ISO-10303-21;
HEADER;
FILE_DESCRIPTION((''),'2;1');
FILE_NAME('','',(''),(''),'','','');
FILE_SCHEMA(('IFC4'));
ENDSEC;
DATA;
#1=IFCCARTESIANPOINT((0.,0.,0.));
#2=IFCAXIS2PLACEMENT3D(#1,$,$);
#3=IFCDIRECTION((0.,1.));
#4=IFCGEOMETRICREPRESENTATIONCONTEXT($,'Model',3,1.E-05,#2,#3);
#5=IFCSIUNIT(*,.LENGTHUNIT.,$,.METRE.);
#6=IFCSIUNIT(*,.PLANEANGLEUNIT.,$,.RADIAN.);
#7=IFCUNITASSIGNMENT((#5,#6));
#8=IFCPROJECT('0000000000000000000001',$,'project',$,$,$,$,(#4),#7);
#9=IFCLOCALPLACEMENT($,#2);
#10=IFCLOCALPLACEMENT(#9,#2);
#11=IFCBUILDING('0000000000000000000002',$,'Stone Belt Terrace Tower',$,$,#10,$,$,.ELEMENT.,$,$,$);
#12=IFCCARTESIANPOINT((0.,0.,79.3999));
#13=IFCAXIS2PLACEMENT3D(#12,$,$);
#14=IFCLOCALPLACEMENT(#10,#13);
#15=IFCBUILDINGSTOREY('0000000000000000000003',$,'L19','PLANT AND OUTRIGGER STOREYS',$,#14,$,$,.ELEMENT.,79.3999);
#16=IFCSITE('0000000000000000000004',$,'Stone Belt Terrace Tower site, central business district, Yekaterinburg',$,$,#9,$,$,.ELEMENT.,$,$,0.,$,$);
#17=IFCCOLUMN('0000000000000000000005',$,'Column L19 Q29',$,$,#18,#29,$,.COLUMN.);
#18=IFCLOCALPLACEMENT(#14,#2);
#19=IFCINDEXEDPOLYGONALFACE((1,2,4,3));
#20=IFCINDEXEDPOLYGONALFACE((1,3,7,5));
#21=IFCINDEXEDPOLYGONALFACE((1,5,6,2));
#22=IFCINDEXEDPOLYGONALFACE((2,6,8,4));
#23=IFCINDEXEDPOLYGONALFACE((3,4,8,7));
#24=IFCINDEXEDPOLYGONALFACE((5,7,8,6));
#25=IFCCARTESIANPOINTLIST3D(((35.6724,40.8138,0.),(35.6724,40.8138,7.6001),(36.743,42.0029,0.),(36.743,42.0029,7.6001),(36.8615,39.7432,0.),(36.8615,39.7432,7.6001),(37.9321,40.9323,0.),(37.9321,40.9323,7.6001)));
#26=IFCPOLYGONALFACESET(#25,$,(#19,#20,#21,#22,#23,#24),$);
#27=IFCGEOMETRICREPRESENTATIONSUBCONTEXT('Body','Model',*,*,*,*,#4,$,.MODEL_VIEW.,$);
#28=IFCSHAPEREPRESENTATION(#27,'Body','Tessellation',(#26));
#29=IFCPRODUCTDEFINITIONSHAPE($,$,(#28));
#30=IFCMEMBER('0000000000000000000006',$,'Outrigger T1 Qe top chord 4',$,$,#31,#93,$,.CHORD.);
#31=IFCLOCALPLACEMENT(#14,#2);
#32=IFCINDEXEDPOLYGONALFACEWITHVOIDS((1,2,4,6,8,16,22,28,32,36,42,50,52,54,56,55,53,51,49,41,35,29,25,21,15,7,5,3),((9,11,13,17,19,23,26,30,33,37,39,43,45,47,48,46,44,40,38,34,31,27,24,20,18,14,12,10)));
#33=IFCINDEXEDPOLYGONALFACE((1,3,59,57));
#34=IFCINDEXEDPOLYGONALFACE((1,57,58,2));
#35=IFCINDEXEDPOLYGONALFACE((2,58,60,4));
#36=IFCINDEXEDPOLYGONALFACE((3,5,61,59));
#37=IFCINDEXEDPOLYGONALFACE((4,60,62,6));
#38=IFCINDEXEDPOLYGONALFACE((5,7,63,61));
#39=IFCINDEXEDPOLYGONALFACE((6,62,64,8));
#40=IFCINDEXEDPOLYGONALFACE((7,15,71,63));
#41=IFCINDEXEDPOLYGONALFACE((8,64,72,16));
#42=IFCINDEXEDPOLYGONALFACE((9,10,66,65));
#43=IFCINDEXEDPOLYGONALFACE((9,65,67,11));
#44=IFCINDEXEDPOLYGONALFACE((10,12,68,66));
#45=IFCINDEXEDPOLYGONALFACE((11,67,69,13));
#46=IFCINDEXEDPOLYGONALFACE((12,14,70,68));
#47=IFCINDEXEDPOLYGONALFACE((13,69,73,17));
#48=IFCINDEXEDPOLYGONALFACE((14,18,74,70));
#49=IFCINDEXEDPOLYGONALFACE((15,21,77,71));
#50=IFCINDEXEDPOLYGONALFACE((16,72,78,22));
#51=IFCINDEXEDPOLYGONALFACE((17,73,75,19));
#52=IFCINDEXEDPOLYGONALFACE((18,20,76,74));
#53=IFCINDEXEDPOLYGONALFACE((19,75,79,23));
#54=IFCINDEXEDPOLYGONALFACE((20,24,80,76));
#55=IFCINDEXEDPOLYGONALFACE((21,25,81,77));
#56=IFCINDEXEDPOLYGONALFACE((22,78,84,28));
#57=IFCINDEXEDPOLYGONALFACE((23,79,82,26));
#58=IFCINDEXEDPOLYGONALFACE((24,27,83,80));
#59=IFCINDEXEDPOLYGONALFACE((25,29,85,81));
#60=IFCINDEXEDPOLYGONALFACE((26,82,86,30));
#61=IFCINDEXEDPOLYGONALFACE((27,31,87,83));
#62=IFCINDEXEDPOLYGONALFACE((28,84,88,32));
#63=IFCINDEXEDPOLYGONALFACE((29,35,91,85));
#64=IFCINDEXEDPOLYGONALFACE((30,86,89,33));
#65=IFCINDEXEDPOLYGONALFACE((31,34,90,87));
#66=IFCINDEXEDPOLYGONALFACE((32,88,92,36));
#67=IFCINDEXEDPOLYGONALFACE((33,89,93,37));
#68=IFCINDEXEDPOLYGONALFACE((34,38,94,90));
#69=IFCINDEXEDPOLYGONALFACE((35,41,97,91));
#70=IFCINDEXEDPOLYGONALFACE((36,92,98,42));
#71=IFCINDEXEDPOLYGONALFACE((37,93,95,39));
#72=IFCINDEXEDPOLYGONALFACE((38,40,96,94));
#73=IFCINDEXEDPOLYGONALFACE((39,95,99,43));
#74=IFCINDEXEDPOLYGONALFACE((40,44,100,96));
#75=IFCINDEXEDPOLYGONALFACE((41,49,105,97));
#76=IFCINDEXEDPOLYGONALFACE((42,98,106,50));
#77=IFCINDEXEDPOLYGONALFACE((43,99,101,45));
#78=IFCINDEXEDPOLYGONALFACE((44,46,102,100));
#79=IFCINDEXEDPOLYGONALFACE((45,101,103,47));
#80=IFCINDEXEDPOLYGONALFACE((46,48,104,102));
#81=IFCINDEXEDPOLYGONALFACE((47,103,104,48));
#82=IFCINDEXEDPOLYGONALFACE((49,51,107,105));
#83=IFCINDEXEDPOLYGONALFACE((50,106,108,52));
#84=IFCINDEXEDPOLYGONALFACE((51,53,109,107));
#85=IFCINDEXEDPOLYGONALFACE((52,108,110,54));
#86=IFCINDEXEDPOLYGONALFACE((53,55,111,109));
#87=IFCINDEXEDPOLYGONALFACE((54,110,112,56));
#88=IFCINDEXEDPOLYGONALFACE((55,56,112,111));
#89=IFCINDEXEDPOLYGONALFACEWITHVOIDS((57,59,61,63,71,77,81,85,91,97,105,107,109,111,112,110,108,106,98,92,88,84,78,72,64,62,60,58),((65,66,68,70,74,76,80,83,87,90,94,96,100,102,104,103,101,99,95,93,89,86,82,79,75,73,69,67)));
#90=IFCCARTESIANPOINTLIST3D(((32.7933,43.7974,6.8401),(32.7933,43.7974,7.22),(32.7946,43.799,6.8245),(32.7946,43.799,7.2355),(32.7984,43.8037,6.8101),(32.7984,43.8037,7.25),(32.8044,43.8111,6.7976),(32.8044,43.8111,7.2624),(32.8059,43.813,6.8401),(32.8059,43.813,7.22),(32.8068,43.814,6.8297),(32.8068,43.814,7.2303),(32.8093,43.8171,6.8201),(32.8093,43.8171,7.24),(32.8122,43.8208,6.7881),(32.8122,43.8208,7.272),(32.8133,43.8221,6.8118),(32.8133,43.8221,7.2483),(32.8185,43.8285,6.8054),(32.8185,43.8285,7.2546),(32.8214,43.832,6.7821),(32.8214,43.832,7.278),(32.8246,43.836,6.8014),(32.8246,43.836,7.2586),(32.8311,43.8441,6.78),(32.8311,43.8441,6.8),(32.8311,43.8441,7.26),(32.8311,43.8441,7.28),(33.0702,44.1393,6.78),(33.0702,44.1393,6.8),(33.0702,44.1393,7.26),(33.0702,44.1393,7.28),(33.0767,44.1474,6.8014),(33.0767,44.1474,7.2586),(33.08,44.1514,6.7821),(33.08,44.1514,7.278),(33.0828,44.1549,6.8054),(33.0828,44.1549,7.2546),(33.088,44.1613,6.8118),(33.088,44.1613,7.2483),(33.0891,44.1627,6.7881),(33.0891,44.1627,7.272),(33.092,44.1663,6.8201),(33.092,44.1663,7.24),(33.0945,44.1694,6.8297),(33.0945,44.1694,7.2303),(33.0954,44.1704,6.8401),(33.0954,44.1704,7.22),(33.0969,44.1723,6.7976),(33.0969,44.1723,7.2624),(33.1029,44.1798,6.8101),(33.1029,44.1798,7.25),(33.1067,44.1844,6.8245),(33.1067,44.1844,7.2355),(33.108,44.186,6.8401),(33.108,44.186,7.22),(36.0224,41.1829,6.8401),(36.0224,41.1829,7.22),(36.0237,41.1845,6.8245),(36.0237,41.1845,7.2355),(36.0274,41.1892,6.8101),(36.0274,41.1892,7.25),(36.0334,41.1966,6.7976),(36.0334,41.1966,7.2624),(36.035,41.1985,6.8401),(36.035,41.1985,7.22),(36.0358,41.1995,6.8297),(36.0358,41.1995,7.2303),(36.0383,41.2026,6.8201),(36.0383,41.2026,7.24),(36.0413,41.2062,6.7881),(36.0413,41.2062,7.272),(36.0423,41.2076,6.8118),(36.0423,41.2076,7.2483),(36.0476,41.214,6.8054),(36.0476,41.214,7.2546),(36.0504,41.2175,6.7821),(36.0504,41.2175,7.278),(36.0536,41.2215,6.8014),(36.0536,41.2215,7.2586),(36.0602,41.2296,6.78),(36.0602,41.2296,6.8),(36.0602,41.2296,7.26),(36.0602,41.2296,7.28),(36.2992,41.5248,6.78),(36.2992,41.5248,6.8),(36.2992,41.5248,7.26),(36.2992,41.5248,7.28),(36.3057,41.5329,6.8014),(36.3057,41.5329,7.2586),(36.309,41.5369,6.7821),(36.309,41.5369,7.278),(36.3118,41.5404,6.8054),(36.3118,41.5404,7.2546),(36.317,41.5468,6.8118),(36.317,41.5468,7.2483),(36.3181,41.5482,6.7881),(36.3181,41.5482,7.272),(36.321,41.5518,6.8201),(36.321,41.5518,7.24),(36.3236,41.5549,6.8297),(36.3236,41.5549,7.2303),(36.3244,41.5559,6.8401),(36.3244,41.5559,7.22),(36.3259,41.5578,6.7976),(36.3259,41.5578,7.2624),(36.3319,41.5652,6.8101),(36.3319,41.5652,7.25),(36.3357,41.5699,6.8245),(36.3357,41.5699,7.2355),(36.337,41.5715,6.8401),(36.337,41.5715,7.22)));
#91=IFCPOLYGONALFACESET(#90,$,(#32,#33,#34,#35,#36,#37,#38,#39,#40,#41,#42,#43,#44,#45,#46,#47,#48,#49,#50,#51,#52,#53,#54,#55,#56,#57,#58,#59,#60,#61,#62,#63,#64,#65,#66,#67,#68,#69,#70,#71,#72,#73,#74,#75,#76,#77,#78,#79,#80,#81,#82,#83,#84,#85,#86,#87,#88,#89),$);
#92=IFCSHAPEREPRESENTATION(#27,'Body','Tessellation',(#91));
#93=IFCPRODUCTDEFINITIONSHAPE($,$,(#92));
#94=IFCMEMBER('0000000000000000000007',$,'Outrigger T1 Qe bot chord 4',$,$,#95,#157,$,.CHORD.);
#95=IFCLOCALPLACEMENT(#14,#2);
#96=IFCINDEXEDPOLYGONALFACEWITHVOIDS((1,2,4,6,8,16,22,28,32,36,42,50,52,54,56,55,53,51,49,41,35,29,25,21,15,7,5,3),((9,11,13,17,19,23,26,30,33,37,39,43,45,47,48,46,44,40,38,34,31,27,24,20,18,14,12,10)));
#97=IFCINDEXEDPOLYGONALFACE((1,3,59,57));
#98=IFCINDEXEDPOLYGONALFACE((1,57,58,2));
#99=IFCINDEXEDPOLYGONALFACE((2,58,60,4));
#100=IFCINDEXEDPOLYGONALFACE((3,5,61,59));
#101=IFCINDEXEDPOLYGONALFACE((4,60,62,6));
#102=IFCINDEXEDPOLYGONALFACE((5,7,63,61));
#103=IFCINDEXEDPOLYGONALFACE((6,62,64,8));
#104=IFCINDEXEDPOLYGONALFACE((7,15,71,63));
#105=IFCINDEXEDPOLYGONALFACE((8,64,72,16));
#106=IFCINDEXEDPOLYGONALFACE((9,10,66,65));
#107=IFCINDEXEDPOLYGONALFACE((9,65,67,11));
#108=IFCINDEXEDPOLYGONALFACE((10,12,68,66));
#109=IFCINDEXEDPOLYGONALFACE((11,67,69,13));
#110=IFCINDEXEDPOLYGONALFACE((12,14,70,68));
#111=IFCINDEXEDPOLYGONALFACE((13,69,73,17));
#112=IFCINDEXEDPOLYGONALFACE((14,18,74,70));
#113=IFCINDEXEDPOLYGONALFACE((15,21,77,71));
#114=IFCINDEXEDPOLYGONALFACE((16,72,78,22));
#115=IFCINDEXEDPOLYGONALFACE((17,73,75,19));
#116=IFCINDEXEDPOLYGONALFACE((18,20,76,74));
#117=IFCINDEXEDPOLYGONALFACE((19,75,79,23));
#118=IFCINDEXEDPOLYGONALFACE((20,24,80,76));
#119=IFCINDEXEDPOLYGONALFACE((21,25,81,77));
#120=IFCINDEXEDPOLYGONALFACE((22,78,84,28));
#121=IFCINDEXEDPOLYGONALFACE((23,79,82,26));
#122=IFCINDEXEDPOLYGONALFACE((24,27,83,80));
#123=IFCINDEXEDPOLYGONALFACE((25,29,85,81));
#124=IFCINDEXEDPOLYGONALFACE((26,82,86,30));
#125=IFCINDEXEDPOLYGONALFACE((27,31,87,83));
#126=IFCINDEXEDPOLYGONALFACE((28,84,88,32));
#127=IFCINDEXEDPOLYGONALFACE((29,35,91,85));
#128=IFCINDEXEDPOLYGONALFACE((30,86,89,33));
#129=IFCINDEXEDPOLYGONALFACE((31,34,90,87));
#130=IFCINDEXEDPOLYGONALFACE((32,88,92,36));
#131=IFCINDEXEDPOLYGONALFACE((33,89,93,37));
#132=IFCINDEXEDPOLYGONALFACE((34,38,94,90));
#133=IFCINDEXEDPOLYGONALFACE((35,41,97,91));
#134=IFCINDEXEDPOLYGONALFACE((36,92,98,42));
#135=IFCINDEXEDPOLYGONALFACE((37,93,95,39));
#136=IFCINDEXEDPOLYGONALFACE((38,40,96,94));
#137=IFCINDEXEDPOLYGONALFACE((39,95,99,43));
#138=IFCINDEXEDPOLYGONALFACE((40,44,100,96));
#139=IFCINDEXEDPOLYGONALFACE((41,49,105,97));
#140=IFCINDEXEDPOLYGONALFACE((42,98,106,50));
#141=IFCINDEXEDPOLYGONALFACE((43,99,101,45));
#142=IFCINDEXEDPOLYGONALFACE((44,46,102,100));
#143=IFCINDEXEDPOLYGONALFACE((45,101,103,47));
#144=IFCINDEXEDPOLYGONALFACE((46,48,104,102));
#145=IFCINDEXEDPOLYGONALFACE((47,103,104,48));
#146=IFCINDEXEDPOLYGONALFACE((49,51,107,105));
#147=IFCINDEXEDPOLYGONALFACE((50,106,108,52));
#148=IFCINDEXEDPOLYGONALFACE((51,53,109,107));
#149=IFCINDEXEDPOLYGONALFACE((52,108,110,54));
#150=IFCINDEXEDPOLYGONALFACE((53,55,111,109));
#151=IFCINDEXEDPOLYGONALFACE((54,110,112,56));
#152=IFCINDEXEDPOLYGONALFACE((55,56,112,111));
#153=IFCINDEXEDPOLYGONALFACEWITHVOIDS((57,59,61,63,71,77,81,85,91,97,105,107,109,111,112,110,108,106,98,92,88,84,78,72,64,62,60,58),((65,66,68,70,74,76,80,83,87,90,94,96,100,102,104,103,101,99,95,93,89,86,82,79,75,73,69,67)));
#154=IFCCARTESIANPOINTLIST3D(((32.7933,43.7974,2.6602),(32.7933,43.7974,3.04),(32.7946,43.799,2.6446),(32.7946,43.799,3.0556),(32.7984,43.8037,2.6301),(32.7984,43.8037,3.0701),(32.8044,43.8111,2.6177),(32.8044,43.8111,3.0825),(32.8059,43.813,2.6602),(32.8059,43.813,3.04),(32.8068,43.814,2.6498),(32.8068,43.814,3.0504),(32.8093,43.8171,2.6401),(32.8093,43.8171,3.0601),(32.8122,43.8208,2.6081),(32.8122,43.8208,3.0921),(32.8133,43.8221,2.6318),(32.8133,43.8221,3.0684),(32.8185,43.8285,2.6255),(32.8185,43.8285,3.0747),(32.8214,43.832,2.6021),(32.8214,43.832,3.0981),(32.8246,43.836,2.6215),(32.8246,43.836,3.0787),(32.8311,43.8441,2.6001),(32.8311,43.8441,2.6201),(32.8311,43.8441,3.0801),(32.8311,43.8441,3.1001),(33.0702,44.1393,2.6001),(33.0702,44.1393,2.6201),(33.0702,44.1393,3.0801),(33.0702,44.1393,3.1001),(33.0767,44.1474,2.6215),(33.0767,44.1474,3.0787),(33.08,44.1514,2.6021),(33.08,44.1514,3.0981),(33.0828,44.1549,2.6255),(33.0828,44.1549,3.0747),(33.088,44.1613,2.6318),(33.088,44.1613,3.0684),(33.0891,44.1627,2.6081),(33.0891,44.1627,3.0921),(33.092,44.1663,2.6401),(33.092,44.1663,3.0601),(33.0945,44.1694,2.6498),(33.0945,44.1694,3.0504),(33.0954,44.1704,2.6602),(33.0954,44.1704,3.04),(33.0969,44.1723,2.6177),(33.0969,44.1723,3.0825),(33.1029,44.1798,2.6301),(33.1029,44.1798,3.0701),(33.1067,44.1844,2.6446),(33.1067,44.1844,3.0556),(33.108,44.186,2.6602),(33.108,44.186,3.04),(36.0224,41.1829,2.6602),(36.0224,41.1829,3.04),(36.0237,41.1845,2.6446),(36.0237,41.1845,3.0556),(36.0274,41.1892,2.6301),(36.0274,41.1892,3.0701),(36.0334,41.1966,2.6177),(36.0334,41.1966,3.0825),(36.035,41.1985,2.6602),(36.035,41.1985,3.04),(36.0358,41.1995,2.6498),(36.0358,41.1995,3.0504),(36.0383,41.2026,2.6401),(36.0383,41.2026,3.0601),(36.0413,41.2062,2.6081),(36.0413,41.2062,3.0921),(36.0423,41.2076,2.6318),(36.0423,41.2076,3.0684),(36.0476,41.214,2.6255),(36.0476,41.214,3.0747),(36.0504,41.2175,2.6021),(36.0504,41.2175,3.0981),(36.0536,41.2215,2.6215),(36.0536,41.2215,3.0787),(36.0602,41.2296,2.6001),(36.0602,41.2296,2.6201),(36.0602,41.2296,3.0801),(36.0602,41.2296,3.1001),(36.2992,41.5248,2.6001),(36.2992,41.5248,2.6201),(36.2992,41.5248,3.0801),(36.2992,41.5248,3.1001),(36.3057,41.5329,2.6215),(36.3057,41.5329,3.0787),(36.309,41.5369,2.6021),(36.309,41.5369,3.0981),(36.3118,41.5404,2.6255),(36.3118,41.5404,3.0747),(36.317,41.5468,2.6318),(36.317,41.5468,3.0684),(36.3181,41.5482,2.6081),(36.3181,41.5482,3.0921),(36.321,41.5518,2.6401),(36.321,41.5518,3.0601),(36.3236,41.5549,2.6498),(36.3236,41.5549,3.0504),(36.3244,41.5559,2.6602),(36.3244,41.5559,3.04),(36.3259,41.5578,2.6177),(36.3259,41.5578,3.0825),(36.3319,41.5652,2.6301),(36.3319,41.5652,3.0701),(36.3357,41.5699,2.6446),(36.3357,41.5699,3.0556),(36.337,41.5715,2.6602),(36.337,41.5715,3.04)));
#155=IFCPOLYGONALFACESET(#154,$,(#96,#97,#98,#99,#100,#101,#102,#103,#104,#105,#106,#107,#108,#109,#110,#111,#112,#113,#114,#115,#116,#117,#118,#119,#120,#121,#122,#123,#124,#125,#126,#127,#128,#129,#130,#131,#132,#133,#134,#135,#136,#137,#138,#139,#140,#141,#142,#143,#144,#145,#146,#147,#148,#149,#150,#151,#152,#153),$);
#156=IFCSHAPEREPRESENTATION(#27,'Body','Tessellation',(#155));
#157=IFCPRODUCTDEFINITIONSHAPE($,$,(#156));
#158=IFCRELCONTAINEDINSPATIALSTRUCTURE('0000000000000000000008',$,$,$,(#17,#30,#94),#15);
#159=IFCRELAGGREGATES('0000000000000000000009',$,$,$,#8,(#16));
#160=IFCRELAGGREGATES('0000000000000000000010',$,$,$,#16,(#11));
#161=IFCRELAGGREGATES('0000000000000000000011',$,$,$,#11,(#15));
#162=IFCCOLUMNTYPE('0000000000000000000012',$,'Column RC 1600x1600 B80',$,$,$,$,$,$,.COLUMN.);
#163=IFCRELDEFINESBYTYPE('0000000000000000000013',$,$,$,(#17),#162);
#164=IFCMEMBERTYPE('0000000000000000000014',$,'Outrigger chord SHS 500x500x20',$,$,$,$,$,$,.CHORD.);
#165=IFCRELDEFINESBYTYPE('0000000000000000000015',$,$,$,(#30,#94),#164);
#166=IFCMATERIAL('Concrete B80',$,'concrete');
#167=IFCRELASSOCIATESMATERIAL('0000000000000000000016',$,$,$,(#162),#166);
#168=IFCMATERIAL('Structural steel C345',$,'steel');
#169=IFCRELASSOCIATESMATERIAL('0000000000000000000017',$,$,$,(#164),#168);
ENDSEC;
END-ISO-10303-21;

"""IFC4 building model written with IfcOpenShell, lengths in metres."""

from ifc_helpers import new_model, si_unit, direction, frame, origin, origin_2d, place, context, subcontext, project, spatial, rectangle, hollow_rectangle, extrude, material, material_profile, profile_set, type_object, element, save


model = new_model("IFC4")

# Units and contexts
model_context = context("Model", 3, precision=1e-05, world=origin(), true_north=direction((0.0, 1.0)))
body_context = subcontext(model_context, "Body", "Model", "MODEL_VIEW")
ifc_project = project(units=[si_unit("LENGTHUNIT", "METRE"), si_unit("PLANEANGLEUNIT", "RADIAN")], contexts=[model_context])

# Site, building, storey
site_placement = place(None, origin())
site = spatial("IfcSite", under=ifc_project, at=site_placement, Name="Stone Belt Terrace Tower site, central business district, Yekaterinburg", CompositionType="ELEMENT", RefElevation=0.0)
building_placement = place(site_placement, origin())
building = spatial("IfcBuilding", under=site, at=building_placement, Name="Stone Belt Terrace Tower", CompositionType="ELEMENT")
storey_placement = place(building_placement, frame((0.0, 0.0, 79.3999)))
storey = spatial("IfcBuildingStorey", under=building, at=storey_placement, Name="L19", Description="PLANT AND OUTRIGGER STOREYS", CompositionType="ELEMENT", Elevation=79.3999)

# Column
ifc_material_1 = material(Name="Concrete B80", Category="concrete")
ifc_material_profile_1 = material_profile(ifc_material_1, rectangle(XDim=1.6001, YDim=1.6001, at=origin_2d()), Name="RC 1600x1600")
ifc_profile_set_1 = profile_set([ifc_material_profile_1], Name="Concrete B80")
column_type = type_object("IfcColumnType", Name="Column RC 1600x1600 B80", PredefinedType="COLUMN", material=ifc_profile_set_1)
column_placement = place(storey_placement, frame((36.8022, 40.873, 0.0), z_axis=(0.0, 0.0, 1.0), x_axis=(0.743145, -0.669131, 0.0)))
element("IfcColumn", 1, at=column_placement, inside=storey, type_object=column_type, Name="Column L19 Q29", PredefinedType="COLUMN", context=body_context, shape_type="SweptSolid", body=[
    extrude(rectangle(XDim=1.6001, YDim=1.6001, at=origin_2d()), origin(), (0.0, 0.0, 1.0), 7.6001),
])

# Members
ifc_material_2 = material(Name="Structural steel C345", Category="steel")
ifc_material_profile_2 = material_profile(ifc_material_2, hollow_rectangle(XDim=0.5, YDim=0.5, WallThickness=0.02, InnerFilletRadius=0.04, OuterFilletRadius=0.0601, at=origin_2d()), Name="SHS 500x500x20")
ifc_profile_set_2 = profile_set([ifc_material_profile_2], Name="Structural steel C345")
member_type_1 = type_object("IfcMemberType", Name="Outrigger chord SHS 500x500x20", PredefinedType="CHORD", material=ifc_profile_set_2)
for number, where, z_axis, x_axis, name in (
    (2, (36.1797, 41.3772, 7.03), (-0.777181, 0.629278, 0.0), (-0.629278, -0.777181, 0.0), "Outrigger T1 Qe top chord 4"),
    (3, (36.1797, 41.3772, 2.8501), (-0.777181, 0.629278, 0.0), (-0.629278, -0.777181, 0.0), "Outrigger T1 Qe bot chord 4"),
):
    element("IfcMember", number, at=place(storey_placement, frame(where, z_axis=z_axis, x_axis=x_axis)), inside=storey, type_object=member_type_1, Name=name, PredefinedType="CHORD", context=body_context, shape_type="SweptSolid", body=[
        extrude(hollow_rectangle(XDim=0.5, YDim=0.5, WallThickness=0.02, InnerFilletRadius=0.04, OuterFilletRadius=0.0601, at=origin_2d()), origin(), (0.0, 0.0, 1.0), 4.1548),
    ])

save(model, "model.ifc")
